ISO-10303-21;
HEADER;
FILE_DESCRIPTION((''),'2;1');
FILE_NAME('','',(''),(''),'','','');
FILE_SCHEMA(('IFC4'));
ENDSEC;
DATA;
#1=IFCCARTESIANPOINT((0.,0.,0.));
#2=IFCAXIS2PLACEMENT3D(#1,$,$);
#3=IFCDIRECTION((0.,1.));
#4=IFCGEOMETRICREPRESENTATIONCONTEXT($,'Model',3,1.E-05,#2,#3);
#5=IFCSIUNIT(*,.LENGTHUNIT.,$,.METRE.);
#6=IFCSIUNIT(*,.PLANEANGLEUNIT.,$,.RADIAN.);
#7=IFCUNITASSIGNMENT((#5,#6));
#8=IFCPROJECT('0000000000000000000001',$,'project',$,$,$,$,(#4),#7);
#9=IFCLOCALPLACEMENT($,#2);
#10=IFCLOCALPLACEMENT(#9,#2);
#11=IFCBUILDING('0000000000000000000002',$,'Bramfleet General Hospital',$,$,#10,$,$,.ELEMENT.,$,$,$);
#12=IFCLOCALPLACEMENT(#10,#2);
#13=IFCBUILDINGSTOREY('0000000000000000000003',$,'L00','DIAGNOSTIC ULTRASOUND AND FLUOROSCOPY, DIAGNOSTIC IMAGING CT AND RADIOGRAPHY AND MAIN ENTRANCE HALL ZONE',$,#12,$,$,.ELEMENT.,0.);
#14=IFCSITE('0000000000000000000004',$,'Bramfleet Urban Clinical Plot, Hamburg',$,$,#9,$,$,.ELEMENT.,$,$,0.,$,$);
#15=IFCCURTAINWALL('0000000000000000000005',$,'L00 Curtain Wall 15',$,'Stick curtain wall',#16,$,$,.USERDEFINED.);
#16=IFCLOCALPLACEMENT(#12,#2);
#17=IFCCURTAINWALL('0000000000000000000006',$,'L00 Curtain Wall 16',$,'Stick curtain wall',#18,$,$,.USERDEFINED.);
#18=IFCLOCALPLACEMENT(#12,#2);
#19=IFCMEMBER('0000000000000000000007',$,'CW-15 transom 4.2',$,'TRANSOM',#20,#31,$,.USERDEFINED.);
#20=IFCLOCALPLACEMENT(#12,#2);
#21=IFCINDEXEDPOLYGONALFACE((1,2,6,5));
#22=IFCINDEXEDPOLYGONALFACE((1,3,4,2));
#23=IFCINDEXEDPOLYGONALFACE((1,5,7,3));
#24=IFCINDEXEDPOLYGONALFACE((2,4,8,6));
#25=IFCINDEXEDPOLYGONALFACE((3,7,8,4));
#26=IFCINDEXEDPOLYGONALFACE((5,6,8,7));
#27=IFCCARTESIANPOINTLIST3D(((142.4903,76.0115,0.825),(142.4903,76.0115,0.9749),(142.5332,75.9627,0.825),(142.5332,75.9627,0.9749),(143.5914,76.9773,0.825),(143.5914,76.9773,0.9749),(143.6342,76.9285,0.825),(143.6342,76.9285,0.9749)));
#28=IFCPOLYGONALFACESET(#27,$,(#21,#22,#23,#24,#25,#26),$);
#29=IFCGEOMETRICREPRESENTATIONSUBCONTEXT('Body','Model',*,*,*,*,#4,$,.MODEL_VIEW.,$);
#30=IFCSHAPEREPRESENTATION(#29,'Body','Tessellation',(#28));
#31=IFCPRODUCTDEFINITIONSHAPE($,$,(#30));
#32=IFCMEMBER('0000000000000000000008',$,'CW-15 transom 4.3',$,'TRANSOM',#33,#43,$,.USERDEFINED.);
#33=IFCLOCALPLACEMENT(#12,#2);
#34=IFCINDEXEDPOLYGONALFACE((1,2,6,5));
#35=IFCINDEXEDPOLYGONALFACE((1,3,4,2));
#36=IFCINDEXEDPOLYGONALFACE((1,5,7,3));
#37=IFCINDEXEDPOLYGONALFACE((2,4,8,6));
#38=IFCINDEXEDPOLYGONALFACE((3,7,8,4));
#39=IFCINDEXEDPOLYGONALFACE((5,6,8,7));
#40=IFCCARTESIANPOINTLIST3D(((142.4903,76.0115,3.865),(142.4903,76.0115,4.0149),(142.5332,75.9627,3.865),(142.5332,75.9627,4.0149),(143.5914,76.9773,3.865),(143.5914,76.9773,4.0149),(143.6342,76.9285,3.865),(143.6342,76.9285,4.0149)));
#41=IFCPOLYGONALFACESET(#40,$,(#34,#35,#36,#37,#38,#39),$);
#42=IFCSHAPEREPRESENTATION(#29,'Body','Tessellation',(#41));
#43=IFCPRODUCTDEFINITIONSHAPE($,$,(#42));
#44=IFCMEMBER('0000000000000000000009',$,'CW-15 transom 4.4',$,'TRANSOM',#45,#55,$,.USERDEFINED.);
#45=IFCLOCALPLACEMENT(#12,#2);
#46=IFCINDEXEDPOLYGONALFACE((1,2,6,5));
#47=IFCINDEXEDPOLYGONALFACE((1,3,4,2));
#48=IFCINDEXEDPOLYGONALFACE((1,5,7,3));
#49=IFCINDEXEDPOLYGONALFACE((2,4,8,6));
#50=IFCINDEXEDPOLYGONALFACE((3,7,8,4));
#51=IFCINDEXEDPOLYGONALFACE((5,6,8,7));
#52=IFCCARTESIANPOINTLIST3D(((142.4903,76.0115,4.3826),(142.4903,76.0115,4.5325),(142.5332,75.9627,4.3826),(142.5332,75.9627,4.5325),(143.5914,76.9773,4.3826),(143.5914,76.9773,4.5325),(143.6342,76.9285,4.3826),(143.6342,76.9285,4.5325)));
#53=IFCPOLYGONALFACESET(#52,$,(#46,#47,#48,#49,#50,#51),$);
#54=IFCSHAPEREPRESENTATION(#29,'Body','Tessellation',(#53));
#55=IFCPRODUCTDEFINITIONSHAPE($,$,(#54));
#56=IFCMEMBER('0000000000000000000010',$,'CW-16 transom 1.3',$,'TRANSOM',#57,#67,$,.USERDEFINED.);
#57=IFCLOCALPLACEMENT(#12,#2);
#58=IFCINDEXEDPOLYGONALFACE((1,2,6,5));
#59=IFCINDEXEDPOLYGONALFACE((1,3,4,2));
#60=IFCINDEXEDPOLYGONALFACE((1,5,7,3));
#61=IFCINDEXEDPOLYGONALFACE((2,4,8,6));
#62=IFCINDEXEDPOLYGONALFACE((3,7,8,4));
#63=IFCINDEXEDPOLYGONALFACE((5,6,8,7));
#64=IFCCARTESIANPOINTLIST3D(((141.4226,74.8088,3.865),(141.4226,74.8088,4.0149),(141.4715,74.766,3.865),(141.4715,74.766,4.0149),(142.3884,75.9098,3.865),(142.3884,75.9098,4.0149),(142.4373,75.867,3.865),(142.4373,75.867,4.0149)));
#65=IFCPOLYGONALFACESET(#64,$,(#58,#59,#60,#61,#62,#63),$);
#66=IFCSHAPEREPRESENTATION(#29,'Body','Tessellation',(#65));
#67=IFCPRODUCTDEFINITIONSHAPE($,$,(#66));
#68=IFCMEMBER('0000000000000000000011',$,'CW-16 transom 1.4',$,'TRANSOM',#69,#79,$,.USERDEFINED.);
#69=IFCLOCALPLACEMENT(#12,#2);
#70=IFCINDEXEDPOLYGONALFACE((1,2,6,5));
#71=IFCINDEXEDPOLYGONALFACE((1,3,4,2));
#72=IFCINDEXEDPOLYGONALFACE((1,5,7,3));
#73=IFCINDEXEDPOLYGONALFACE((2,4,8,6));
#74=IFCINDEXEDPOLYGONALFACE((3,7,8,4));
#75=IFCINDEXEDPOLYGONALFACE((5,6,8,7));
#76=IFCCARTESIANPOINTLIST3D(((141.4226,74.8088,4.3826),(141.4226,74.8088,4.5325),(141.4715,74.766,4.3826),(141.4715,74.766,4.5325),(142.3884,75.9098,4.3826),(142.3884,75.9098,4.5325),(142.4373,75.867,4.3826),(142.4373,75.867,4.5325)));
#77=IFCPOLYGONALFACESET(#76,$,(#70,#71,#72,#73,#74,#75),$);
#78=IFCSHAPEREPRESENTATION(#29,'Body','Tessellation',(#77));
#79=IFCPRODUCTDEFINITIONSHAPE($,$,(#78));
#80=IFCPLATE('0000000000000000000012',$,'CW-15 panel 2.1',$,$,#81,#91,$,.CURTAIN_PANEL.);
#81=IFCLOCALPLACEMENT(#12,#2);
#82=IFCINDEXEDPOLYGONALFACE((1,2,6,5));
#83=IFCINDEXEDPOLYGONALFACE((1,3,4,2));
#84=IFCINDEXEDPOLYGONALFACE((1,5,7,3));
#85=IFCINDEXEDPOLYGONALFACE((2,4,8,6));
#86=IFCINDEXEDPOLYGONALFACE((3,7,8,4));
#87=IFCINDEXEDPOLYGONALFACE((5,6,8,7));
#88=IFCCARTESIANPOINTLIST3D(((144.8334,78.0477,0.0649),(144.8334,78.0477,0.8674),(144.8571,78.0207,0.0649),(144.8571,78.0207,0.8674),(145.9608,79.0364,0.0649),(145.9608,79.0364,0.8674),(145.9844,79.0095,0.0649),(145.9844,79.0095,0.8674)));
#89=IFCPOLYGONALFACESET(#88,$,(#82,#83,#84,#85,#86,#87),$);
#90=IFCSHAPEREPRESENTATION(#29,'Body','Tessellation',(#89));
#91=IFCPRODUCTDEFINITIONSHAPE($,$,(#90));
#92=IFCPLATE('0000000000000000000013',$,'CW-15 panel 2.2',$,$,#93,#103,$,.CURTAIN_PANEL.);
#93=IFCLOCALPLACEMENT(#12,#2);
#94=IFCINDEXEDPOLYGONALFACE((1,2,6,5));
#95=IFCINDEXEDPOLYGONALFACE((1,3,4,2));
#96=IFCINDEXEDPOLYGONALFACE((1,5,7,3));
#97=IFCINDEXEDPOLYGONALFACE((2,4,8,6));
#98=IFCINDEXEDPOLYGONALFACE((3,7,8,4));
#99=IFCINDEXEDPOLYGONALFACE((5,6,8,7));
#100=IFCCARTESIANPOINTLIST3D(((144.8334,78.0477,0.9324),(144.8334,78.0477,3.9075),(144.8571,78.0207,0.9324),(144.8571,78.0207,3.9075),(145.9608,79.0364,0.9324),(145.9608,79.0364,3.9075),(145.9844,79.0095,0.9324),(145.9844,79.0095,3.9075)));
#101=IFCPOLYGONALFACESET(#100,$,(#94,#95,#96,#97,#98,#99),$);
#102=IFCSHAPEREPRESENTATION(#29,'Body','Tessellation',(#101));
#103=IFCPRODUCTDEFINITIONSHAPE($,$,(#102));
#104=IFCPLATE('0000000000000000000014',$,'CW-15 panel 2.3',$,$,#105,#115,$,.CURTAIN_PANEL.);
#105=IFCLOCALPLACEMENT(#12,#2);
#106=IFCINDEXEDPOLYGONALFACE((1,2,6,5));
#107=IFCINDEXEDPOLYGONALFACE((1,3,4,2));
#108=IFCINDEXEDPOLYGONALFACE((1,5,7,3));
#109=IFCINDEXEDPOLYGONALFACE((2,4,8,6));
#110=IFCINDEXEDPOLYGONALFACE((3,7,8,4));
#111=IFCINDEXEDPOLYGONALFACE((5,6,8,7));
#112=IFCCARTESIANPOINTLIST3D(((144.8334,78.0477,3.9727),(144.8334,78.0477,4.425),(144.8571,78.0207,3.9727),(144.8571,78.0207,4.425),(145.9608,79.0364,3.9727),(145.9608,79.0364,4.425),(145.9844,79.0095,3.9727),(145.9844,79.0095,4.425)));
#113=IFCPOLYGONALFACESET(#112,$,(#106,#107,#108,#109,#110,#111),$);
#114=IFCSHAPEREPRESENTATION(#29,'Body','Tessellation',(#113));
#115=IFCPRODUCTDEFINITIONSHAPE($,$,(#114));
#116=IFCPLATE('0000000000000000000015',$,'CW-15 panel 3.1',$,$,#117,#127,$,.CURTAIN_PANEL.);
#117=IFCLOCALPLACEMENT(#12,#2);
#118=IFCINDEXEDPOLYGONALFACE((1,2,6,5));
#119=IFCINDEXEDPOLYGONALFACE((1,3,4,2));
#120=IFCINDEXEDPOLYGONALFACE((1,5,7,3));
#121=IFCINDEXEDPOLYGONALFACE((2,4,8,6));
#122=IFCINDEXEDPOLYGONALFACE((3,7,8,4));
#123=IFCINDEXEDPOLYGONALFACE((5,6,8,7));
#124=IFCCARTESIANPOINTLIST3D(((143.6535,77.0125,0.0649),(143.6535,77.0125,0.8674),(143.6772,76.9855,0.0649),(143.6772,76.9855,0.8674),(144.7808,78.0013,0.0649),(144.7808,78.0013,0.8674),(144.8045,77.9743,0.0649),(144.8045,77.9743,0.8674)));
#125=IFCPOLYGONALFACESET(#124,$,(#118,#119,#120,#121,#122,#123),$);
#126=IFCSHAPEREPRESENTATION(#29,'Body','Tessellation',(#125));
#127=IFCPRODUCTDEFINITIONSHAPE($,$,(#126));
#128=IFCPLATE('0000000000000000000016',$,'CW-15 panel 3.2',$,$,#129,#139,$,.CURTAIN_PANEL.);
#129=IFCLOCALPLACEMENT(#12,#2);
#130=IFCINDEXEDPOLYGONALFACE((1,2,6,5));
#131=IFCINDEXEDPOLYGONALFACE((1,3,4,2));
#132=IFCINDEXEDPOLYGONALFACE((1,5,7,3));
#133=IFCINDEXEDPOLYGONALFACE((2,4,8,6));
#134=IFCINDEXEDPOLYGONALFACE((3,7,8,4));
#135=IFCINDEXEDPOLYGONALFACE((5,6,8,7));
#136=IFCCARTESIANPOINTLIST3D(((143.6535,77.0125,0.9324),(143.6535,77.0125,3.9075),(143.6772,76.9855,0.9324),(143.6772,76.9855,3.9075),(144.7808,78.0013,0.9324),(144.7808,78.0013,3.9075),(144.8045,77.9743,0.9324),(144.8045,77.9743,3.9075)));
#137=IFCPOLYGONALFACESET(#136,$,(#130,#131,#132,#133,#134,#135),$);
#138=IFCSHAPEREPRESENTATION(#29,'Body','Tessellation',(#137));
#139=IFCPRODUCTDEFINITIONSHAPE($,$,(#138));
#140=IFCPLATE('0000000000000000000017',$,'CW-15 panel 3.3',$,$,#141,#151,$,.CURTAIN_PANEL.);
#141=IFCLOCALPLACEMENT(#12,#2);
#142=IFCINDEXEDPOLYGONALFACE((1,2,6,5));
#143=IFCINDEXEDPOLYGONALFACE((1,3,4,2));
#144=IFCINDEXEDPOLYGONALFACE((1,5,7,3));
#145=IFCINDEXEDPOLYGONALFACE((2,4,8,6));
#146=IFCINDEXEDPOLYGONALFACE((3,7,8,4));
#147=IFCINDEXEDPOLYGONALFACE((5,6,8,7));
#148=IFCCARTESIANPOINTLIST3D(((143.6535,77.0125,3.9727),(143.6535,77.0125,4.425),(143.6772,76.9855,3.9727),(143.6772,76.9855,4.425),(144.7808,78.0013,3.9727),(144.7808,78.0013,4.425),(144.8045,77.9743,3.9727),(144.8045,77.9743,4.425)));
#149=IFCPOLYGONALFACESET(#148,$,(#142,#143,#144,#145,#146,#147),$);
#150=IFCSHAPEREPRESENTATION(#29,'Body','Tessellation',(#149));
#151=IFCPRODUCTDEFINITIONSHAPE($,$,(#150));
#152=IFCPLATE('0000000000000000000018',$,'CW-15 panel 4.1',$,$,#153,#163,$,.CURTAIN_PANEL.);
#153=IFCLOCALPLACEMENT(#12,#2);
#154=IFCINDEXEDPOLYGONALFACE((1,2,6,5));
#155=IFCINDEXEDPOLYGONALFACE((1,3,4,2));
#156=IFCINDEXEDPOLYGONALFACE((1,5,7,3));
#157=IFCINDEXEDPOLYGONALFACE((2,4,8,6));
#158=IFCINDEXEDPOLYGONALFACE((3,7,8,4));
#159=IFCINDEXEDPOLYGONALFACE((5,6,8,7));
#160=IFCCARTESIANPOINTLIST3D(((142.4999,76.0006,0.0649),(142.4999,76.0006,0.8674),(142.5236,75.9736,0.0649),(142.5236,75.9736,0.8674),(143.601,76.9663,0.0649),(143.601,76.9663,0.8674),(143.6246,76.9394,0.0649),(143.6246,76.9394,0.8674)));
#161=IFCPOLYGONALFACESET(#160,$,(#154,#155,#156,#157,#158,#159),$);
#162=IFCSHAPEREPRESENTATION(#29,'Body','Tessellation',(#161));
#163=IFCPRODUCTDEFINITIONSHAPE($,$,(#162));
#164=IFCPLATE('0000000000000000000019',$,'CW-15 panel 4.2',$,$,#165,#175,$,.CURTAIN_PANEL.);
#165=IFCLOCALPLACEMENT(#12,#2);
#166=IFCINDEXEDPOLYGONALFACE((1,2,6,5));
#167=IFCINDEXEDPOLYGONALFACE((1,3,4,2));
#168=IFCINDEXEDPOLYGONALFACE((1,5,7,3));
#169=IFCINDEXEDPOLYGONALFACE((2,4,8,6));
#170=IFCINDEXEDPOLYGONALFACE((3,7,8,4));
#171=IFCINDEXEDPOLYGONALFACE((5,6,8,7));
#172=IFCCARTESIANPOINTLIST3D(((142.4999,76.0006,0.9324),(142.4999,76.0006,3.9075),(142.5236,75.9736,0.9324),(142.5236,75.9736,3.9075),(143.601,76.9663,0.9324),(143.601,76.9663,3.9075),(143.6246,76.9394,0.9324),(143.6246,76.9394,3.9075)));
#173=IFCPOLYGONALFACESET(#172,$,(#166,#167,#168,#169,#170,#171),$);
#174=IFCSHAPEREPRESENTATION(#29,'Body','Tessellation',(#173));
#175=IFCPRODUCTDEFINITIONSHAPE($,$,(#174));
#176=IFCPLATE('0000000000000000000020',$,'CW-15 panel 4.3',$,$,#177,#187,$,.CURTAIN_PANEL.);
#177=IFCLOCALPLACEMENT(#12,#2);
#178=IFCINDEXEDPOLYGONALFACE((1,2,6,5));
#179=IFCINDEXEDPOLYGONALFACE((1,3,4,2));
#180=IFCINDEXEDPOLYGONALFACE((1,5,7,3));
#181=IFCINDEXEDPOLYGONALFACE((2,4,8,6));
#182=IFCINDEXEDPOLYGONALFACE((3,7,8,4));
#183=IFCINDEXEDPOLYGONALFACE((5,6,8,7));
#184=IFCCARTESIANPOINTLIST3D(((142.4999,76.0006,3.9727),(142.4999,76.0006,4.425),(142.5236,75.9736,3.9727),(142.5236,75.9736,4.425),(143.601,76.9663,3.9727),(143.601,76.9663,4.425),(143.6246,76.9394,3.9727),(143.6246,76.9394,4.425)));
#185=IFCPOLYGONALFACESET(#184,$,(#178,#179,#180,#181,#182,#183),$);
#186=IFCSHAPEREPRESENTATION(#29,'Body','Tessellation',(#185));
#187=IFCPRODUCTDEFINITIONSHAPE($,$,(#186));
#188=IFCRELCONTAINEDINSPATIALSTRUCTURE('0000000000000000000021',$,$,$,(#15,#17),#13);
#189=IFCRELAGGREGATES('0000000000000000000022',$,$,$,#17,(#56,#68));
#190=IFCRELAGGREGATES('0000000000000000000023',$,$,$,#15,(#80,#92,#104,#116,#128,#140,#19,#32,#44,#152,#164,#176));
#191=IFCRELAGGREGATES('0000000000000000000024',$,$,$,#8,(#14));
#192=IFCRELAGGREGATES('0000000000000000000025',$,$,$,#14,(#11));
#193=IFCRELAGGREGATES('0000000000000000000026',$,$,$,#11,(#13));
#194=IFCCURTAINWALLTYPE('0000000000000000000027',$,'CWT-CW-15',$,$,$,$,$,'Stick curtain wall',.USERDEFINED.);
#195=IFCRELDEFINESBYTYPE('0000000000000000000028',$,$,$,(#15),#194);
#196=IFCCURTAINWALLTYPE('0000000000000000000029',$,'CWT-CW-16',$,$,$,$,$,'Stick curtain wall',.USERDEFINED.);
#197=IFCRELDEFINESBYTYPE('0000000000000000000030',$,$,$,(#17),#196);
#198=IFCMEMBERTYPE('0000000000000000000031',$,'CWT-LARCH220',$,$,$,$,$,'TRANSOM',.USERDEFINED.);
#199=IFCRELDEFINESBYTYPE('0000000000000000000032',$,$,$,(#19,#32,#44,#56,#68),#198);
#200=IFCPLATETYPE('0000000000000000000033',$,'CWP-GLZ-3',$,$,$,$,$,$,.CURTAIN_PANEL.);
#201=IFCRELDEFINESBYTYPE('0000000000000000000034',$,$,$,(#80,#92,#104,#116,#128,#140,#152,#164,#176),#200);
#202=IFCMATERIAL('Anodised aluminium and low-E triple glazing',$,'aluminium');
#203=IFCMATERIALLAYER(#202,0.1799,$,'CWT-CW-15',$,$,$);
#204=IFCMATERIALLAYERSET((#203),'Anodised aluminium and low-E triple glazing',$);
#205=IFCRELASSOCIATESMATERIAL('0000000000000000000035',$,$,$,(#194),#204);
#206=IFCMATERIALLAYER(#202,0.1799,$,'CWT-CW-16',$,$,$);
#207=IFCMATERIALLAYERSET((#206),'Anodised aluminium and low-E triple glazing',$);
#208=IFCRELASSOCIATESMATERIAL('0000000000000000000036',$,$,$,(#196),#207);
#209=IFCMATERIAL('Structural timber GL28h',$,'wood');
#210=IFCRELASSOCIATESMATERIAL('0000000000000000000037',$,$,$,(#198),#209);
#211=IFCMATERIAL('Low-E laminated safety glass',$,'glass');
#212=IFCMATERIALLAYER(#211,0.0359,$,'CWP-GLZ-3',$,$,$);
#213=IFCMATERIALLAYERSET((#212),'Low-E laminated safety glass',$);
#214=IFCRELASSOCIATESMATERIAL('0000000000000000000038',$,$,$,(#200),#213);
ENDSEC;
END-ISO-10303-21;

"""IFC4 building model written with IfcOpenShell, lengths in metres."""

from ifc_helpers import new_model, si_unit, direction, frame, origin, origin_2d, place, context, subcontext, project, spatial, rectangle, extrude, material, layer, layer_set, material_profile, profile_set, type_object, element, aggregate, save


model = new_model("IFC4")

# Units and contexts
model_context = context("Model", 3, precision=1e-05, world=origin(), true_north=direction((0.0, 1.0)))
body_context = subcontext(model_context, "Body", "Model", "MODEL_VIEW")
ifc_project = project(units=[si_unit("LENGTHUNIT", "METRE"), si_unit("PLANEANGLEUNIT", "RADIAN")], contexts=[model_context])

# Site, building, storey
site_placement = place(None, origin())
site = spatial("IfcSite", under=ifc_project, at=site_placement, Name="Bramfleet Urban Clinical Plot, Hamburg", CompositionType="ELEMENT", RefElevation=0.0)
building_placement = place(site_placement, origin())
building = spatial("IfcBuilding", under=site, at=building_placement, Name="Bramfleet General Hospital", CompositionType="ELEMENT")
storey_placement = place(building_placement, origin())
storey = spatial("IfcBuildingStorey", under=building, at=storey_placement, Name="L00", Description="DIAGNOSTIC ULTRASOUND AND FLUOROSCOPY, DIAGNOSTIC IMAGING CT AND RADIOGRAPHY AND MAIN ENTRANCE HALL ZONE", CompositionType="ELEMENT", Elevation=0.0)

# Curtain wall
ifc_material_1 = material(Name="Anodised aluminium and low-E triple glazing", Category="aluminium")
ifc_layer_1 = layer(ifc_material_1, 0.1799, Name="CWT-CW-15")
ifc_layer_set_1 = layer_set([ifc_layer_1], Name="Anodised aluminium and low-E triple glazing")
curtain_wall_type_1 = type_object("IfcCurtainWallType", Name="CWT-CW-15", ElementType="Stick curtain wall", PredefinedType="USERDEFINED", material=ifc_layer_set_1)
curtain_wall_1_placement = place(storey_placement, origin())
curtain_wall_1 = element("IfcCurtainWall", 1, at=curtain_wall_1_placement, inside=storey, type_object=curtain_wall_type_1, Name="L00 Curtain Wall 15", ObjectType="Stick curtain wall", PredefinedType="USERDEFINED")
ifc_material_2 = material(Name="Structural timber GL28h", Category="wood")

# Curtain wall
ifc_layer_2 = layer(ifc_material_1, 0.1799, Name="CWT-CW-16")
ifc_layer_set_2 = layer_set([ifc_layer_2], Name="Anodised aluminium and low-E triple glazing")
curtain_wall_type_2 = type_object("IfcCurtainWallType", Name="CWT-CW-16", ElementType="Stick curtain wall", PredefinedType="USERDEFINED", material=ifc_layer_set_2)
curtain_wall_2_placement = place(storey_placement, origin())
curtain_wall_2 = element("IfcCurtainWall", 2, at=curtain_wall_2_placement, inside=storey, type_object=curtain_wall_type_2, Name="L00 Curtain Wall 16", ObjectType="Stick curtain wall", PredefinedType="USERDEFINED")

# Members
ifc_material_profile_1 = material_profile(ifc_material_2, rectangle(XDim=0.0649, YDim=0.1499, at=origin_2d()), Name="LARCH 150x65")
ifc_profile_set_1 = profile_set([ifc_material_profile_1], Name="Structural timber GL28h")
member_type_1 = type_object("IfcMemberType", Name="CWT-LARCH220", ElementType="TRANSOM", PredefinedType="USERDEFINED", material=ifc_profile_set_1)
member_1_placement = place(storey_placement, frame((143.6128, 76.9529, 0.8999), z_axis=(-0.751771, -0.659425, 0.0), x_axis=(0.659425, -0.751771, 0.0)))
member_1 = element("IfcMember", 3, at=member_1_placement, type_object=member_type_1, Name="CW-15 transom 4.2", ObjectType="TRANSOM", PredefinedType="USERDEFINED", context=body_context, shape_type="SweptSolid", body=[
    extrude(rectangle(XDim=0.0649, YDim=0.1499, at=origin_2d()), origin(), (0.0, 0.0, 1.0), 1.4646),
])
member_2_placement = place(storey_placement, frame((143.6128, 76.9529, 3.9399), z_axis=(-0.751771, -0.659425, 0.0), x_axis=(0.659425, -0.751771, 0.0)))
member_2 = element("IfcMember", 4, at=member_2_placement, type_object=member_type_1, Name="CW-15 transom 4.3", ObjectType="TRANSOM", PredefinedType="USERDEFINED", context=body_context, shape_type="SweptSolid", body=[
    extrude(rectangle(XDim=0.0649, YDim=0.1499, at=origin_2d()), origin(), (0.0, 0.0, 1.0), 1.4646),
])
member_3_placement = place(storey_placement, frame((143.6128, 76.9529, 4.4575), z_axis=(-0.751771, -0.659425, 0.0), x_axis=(0.659425, -0.751771, 0.0)))
member_3 = element("IfcMember", 5, at=member_3_placement, type_object=member_type_1, Name="CW-15 transom 4.4", ObjectType="TRANSOM", PredefinedType="USERDEFINED", context=body_context, shape_type="SweptSolid", body=[
    extrude(rectangle(XDim=0.0649, YDim=0.1499, at=origin_2d()), origin(), (0.0, 0.0, 1.0), 1.4646),
])
member_4_placement = place(storey_placement, frame((142.4128, 75.8884, 3.9399), z_axis=(-0.659425, -0.751771, 0.0), x_axis=(0.751771, -0.659425, 0.0)))
member_4 = element("IfcMember", 6, at=member_4_placement, type_object=member_type_1, Name="CW-16 transom 1.3", ObjectType="TRANSOM", PredefinedType="USERDEFINED", context=body_context, shape_type="SweptSolid", body=[
    extrude(rectangle(XDim=0.0649, YDim=0.1499, at=origin_2d()), origin(), (0.0, 0.0, 1.0), 1.4646),
])
member_5_placement = place(storey_placement, frame((142.4128, 75.8884, 4.4575), z_axis=(-0.659425, -0.751771, 0.0), x_axis=(0.751771, -0.659425, 0.0)))
member_5 = element("IfcMember", 7, at=member_5_placement, type_object=member_type_1, Name="CW-16 transom 1.4", ObjectType="TRANSOM", PredefinedType="USERDEFINED", context=body_context, shape_type="SweptSolid", body=[
    extrude(rectangle(XDim=0.0649, YDim=0.1499, at=origin_2d()), origin(), (0.0, 0.0, 1.0), 1.4646),
])
aggregate(curtain_wall_2, [member_4, member_5])

# Plates
ifc_material_3 = material(Name="Low-E laminated safety glass", Category="glass")
ifc_layer_3 = layer(ifc_material_3, 0.0359, Name="CWP-GLZ-3")
ifc_layer_set_3 = layer_set([ifc_layer_3], Name="Low-E laminated safety glass")
plate_type = type_object("IfcPlateType", Name="CWP-GLZ-3", PredefinedType="CURTAIN_PANEL", material=ifc_layer_set_3)
plate_1_placement = place(storey_placement, frame((145.4089, 78.5286, 0.0649), z_axis=(0.0, 0.0, 1.0), x_axis=(-0.751787, -0.659406, 0.0)))
plate_1 = element("IfcPlate", 8, at=plate_1_placement, type_object=plate_type, Name="CW-15 panel 2.1", PredefinedType="CURTAIN_PANEL", context=body_context, shape_type="SweptSolid", body=[
    extrude(rectangle(XDim=1.4995, YDim=0.0359, at=origin_2d()), origin(), (0.0, 0.0, 1.0), 0.8025),
])
plate_2_placement = place(storey_placement, frame((145.4089, 78.5286, 0.9324), z_axis=(0.0, 0.0, 1.0), x_axis=(-0.751787, -0.659406, 0.0)))
plate_2 = element("IfcPlate", 9, at=plate_2_placement, type_object=plate_type, Name="CW-15 panel 2.2", PredefinedType="CURTAIN_PANEL", context=body_context, shape_type="SweptSolid", body=[
    extrude(rectangle(XDim=1.4995, YDim=0.0359, at=origin_2d()), origin(), (0.0, 0.0, 1.0), 2.9751),
])
plate_3_placement = place(storey_placement, frame((145.4089, 78.5286, 3.9727), z_axis=(0.0, 0.0, 1.0), x_axis=(-0.751787, -0.659406, 0.0)))
plate_3 = element("IfcPlate", 10, at=plate_3_placement, type_object=plate_type, Name="CW-15 panel 2.3", PredefinedType="CURTAIN_PANEL", context=body_context, shape_type="SweptSolid", body=[
    extrude(rectangle(XDim=1.4995, YDim=0.0359, at=origin_2d()), origin(), (0.0, 0.0, 1.0), 0.4524),
])
plate_4_placement = place(storey_placement, frame((144.229, 77.4934, 0.0649), z_axis=(0.0, 0.0, 1.0), x_axis=(-0.751787, -0.659406, 0.0)))
plate_4 = element("IfcPlate", 11, at=plate_4_placement, type_object=plate_type, Name="CW-15 panel 3.1", PredefinedType="CURTAIN_PANEL", context=body_context, shape_type="SweptSolid", body=[
    extrude(rectangle(XDim=1.4995, YDim=0.0359, at=origin_2d()), origin(), (0.0, 0.0, 1.0), 0.8025),
])
plate_5_placement = place(storey_placement, frame((144.229, 77.4934, 0.9324), z_axis=(0.0, 0.0, 1.0), x_axis=(-0.751787, -0.659406, 0.0)))
plate_5 = element("IfcPlate", 12, at=plate_5_placement, type_object=plate_type, Name="CW-15 panel 3.2", PredefinedType="CURTAIN_PANEL", context=body_context, shape_type="SweptSolid", body=[
    extrude(rectangle(XDim=1.4995, YDim=0.0359, at=origin_2d()), origin(), (0.0, 0.0, 1.0), 2.9751),
])
plate_6_placement = place(storey_placement, frame((144.229, 77.4934, 3.9727), z_axis=(0.0, 0.0, 1.0), x_axis=(-0.751787, -0.659406, 0.0)))
plate_6 = element("IfcPlate", 13, at=plate_6_placement, type_object=plate_type, Name="CW-15 panel 3.3", PredefinedType="CURTAIN_PANEL", context=body_context, shape_type="SweptSolid", body=[
    extrude(rectangle(XDim=1.4995, YDim=0.0359, at=origin_2d()), origin(), (0.0, 0.0, 1.0), 0.4524),
])
plate_7_placement = place(storey_placement, frame((143.0623, 76.47, 0.0649), z_axis=(0.0, 0.0, 1.0), x_axis=(-0.751787, -0.659406, 0.0)))
plate_7 = element("IfcPlate", 14, at=plate_7_placement, type_object=plate_type, Name="CW-15 panel 4.1", PredefinedType="CURTAIN_PANEL", context=body_context, shape_type="SweptSolid", body=[
    extrude(rectangle(XDim=1.4646, YDim=0.0359, at=origin_2d()), origin(), (0.0, 0.0, 1.0), 0.8025),
])
plate_8_placement = place(storey_placement, frame((143.0623, 76.47, 0.9324), z_axis=(0.0, 0.0, 1.0), x_axis=(-0.751787, -0.659406, 0.0)))
plate_8 = element("IfcPlate", 15, at=plate_8_placement, type_object=plate_type, Name="CW-15 panel 4.2", PredefinedType="CURTAIN_PANEL", context=body_context, shape_type="SweptSolid", body=[
    extrude(rectangle(XDim=1.4646, YDim=0.0359, at=origin_2d()), origin(), (0.0, 0.0, 1.0), 2.9751),
])
plate_9_placement = place(storey_placement, frame((143.0623, 76.47, 3.9727), z_axis=(0.0, 0.0, 1.0), x_axis=(-0.751787, -0.659406, 0.0)))
plate_9 = element("IfcPlate", 16, at=plate_9_placement, type_object=plate_type, Name="CW-15 panel 4.3", PredefinedType="CURTAIN_PANEL", context=body_context, shape_type="SweptSolid", body=[
    extrude(rectangle(XDim=1.4646, YDim=0.0359, at=origin_2d()), origin(), (0.0, 0.0, 1.0), 0.4524),
])
aggregate(curtain_wall_1, [plate_1, plate_2, plate_3, plate_4, plate_5, plate_6, member_1, member_2, member_3, plate_7, plate_8, plate_9])

save(model, "model.ifc")
